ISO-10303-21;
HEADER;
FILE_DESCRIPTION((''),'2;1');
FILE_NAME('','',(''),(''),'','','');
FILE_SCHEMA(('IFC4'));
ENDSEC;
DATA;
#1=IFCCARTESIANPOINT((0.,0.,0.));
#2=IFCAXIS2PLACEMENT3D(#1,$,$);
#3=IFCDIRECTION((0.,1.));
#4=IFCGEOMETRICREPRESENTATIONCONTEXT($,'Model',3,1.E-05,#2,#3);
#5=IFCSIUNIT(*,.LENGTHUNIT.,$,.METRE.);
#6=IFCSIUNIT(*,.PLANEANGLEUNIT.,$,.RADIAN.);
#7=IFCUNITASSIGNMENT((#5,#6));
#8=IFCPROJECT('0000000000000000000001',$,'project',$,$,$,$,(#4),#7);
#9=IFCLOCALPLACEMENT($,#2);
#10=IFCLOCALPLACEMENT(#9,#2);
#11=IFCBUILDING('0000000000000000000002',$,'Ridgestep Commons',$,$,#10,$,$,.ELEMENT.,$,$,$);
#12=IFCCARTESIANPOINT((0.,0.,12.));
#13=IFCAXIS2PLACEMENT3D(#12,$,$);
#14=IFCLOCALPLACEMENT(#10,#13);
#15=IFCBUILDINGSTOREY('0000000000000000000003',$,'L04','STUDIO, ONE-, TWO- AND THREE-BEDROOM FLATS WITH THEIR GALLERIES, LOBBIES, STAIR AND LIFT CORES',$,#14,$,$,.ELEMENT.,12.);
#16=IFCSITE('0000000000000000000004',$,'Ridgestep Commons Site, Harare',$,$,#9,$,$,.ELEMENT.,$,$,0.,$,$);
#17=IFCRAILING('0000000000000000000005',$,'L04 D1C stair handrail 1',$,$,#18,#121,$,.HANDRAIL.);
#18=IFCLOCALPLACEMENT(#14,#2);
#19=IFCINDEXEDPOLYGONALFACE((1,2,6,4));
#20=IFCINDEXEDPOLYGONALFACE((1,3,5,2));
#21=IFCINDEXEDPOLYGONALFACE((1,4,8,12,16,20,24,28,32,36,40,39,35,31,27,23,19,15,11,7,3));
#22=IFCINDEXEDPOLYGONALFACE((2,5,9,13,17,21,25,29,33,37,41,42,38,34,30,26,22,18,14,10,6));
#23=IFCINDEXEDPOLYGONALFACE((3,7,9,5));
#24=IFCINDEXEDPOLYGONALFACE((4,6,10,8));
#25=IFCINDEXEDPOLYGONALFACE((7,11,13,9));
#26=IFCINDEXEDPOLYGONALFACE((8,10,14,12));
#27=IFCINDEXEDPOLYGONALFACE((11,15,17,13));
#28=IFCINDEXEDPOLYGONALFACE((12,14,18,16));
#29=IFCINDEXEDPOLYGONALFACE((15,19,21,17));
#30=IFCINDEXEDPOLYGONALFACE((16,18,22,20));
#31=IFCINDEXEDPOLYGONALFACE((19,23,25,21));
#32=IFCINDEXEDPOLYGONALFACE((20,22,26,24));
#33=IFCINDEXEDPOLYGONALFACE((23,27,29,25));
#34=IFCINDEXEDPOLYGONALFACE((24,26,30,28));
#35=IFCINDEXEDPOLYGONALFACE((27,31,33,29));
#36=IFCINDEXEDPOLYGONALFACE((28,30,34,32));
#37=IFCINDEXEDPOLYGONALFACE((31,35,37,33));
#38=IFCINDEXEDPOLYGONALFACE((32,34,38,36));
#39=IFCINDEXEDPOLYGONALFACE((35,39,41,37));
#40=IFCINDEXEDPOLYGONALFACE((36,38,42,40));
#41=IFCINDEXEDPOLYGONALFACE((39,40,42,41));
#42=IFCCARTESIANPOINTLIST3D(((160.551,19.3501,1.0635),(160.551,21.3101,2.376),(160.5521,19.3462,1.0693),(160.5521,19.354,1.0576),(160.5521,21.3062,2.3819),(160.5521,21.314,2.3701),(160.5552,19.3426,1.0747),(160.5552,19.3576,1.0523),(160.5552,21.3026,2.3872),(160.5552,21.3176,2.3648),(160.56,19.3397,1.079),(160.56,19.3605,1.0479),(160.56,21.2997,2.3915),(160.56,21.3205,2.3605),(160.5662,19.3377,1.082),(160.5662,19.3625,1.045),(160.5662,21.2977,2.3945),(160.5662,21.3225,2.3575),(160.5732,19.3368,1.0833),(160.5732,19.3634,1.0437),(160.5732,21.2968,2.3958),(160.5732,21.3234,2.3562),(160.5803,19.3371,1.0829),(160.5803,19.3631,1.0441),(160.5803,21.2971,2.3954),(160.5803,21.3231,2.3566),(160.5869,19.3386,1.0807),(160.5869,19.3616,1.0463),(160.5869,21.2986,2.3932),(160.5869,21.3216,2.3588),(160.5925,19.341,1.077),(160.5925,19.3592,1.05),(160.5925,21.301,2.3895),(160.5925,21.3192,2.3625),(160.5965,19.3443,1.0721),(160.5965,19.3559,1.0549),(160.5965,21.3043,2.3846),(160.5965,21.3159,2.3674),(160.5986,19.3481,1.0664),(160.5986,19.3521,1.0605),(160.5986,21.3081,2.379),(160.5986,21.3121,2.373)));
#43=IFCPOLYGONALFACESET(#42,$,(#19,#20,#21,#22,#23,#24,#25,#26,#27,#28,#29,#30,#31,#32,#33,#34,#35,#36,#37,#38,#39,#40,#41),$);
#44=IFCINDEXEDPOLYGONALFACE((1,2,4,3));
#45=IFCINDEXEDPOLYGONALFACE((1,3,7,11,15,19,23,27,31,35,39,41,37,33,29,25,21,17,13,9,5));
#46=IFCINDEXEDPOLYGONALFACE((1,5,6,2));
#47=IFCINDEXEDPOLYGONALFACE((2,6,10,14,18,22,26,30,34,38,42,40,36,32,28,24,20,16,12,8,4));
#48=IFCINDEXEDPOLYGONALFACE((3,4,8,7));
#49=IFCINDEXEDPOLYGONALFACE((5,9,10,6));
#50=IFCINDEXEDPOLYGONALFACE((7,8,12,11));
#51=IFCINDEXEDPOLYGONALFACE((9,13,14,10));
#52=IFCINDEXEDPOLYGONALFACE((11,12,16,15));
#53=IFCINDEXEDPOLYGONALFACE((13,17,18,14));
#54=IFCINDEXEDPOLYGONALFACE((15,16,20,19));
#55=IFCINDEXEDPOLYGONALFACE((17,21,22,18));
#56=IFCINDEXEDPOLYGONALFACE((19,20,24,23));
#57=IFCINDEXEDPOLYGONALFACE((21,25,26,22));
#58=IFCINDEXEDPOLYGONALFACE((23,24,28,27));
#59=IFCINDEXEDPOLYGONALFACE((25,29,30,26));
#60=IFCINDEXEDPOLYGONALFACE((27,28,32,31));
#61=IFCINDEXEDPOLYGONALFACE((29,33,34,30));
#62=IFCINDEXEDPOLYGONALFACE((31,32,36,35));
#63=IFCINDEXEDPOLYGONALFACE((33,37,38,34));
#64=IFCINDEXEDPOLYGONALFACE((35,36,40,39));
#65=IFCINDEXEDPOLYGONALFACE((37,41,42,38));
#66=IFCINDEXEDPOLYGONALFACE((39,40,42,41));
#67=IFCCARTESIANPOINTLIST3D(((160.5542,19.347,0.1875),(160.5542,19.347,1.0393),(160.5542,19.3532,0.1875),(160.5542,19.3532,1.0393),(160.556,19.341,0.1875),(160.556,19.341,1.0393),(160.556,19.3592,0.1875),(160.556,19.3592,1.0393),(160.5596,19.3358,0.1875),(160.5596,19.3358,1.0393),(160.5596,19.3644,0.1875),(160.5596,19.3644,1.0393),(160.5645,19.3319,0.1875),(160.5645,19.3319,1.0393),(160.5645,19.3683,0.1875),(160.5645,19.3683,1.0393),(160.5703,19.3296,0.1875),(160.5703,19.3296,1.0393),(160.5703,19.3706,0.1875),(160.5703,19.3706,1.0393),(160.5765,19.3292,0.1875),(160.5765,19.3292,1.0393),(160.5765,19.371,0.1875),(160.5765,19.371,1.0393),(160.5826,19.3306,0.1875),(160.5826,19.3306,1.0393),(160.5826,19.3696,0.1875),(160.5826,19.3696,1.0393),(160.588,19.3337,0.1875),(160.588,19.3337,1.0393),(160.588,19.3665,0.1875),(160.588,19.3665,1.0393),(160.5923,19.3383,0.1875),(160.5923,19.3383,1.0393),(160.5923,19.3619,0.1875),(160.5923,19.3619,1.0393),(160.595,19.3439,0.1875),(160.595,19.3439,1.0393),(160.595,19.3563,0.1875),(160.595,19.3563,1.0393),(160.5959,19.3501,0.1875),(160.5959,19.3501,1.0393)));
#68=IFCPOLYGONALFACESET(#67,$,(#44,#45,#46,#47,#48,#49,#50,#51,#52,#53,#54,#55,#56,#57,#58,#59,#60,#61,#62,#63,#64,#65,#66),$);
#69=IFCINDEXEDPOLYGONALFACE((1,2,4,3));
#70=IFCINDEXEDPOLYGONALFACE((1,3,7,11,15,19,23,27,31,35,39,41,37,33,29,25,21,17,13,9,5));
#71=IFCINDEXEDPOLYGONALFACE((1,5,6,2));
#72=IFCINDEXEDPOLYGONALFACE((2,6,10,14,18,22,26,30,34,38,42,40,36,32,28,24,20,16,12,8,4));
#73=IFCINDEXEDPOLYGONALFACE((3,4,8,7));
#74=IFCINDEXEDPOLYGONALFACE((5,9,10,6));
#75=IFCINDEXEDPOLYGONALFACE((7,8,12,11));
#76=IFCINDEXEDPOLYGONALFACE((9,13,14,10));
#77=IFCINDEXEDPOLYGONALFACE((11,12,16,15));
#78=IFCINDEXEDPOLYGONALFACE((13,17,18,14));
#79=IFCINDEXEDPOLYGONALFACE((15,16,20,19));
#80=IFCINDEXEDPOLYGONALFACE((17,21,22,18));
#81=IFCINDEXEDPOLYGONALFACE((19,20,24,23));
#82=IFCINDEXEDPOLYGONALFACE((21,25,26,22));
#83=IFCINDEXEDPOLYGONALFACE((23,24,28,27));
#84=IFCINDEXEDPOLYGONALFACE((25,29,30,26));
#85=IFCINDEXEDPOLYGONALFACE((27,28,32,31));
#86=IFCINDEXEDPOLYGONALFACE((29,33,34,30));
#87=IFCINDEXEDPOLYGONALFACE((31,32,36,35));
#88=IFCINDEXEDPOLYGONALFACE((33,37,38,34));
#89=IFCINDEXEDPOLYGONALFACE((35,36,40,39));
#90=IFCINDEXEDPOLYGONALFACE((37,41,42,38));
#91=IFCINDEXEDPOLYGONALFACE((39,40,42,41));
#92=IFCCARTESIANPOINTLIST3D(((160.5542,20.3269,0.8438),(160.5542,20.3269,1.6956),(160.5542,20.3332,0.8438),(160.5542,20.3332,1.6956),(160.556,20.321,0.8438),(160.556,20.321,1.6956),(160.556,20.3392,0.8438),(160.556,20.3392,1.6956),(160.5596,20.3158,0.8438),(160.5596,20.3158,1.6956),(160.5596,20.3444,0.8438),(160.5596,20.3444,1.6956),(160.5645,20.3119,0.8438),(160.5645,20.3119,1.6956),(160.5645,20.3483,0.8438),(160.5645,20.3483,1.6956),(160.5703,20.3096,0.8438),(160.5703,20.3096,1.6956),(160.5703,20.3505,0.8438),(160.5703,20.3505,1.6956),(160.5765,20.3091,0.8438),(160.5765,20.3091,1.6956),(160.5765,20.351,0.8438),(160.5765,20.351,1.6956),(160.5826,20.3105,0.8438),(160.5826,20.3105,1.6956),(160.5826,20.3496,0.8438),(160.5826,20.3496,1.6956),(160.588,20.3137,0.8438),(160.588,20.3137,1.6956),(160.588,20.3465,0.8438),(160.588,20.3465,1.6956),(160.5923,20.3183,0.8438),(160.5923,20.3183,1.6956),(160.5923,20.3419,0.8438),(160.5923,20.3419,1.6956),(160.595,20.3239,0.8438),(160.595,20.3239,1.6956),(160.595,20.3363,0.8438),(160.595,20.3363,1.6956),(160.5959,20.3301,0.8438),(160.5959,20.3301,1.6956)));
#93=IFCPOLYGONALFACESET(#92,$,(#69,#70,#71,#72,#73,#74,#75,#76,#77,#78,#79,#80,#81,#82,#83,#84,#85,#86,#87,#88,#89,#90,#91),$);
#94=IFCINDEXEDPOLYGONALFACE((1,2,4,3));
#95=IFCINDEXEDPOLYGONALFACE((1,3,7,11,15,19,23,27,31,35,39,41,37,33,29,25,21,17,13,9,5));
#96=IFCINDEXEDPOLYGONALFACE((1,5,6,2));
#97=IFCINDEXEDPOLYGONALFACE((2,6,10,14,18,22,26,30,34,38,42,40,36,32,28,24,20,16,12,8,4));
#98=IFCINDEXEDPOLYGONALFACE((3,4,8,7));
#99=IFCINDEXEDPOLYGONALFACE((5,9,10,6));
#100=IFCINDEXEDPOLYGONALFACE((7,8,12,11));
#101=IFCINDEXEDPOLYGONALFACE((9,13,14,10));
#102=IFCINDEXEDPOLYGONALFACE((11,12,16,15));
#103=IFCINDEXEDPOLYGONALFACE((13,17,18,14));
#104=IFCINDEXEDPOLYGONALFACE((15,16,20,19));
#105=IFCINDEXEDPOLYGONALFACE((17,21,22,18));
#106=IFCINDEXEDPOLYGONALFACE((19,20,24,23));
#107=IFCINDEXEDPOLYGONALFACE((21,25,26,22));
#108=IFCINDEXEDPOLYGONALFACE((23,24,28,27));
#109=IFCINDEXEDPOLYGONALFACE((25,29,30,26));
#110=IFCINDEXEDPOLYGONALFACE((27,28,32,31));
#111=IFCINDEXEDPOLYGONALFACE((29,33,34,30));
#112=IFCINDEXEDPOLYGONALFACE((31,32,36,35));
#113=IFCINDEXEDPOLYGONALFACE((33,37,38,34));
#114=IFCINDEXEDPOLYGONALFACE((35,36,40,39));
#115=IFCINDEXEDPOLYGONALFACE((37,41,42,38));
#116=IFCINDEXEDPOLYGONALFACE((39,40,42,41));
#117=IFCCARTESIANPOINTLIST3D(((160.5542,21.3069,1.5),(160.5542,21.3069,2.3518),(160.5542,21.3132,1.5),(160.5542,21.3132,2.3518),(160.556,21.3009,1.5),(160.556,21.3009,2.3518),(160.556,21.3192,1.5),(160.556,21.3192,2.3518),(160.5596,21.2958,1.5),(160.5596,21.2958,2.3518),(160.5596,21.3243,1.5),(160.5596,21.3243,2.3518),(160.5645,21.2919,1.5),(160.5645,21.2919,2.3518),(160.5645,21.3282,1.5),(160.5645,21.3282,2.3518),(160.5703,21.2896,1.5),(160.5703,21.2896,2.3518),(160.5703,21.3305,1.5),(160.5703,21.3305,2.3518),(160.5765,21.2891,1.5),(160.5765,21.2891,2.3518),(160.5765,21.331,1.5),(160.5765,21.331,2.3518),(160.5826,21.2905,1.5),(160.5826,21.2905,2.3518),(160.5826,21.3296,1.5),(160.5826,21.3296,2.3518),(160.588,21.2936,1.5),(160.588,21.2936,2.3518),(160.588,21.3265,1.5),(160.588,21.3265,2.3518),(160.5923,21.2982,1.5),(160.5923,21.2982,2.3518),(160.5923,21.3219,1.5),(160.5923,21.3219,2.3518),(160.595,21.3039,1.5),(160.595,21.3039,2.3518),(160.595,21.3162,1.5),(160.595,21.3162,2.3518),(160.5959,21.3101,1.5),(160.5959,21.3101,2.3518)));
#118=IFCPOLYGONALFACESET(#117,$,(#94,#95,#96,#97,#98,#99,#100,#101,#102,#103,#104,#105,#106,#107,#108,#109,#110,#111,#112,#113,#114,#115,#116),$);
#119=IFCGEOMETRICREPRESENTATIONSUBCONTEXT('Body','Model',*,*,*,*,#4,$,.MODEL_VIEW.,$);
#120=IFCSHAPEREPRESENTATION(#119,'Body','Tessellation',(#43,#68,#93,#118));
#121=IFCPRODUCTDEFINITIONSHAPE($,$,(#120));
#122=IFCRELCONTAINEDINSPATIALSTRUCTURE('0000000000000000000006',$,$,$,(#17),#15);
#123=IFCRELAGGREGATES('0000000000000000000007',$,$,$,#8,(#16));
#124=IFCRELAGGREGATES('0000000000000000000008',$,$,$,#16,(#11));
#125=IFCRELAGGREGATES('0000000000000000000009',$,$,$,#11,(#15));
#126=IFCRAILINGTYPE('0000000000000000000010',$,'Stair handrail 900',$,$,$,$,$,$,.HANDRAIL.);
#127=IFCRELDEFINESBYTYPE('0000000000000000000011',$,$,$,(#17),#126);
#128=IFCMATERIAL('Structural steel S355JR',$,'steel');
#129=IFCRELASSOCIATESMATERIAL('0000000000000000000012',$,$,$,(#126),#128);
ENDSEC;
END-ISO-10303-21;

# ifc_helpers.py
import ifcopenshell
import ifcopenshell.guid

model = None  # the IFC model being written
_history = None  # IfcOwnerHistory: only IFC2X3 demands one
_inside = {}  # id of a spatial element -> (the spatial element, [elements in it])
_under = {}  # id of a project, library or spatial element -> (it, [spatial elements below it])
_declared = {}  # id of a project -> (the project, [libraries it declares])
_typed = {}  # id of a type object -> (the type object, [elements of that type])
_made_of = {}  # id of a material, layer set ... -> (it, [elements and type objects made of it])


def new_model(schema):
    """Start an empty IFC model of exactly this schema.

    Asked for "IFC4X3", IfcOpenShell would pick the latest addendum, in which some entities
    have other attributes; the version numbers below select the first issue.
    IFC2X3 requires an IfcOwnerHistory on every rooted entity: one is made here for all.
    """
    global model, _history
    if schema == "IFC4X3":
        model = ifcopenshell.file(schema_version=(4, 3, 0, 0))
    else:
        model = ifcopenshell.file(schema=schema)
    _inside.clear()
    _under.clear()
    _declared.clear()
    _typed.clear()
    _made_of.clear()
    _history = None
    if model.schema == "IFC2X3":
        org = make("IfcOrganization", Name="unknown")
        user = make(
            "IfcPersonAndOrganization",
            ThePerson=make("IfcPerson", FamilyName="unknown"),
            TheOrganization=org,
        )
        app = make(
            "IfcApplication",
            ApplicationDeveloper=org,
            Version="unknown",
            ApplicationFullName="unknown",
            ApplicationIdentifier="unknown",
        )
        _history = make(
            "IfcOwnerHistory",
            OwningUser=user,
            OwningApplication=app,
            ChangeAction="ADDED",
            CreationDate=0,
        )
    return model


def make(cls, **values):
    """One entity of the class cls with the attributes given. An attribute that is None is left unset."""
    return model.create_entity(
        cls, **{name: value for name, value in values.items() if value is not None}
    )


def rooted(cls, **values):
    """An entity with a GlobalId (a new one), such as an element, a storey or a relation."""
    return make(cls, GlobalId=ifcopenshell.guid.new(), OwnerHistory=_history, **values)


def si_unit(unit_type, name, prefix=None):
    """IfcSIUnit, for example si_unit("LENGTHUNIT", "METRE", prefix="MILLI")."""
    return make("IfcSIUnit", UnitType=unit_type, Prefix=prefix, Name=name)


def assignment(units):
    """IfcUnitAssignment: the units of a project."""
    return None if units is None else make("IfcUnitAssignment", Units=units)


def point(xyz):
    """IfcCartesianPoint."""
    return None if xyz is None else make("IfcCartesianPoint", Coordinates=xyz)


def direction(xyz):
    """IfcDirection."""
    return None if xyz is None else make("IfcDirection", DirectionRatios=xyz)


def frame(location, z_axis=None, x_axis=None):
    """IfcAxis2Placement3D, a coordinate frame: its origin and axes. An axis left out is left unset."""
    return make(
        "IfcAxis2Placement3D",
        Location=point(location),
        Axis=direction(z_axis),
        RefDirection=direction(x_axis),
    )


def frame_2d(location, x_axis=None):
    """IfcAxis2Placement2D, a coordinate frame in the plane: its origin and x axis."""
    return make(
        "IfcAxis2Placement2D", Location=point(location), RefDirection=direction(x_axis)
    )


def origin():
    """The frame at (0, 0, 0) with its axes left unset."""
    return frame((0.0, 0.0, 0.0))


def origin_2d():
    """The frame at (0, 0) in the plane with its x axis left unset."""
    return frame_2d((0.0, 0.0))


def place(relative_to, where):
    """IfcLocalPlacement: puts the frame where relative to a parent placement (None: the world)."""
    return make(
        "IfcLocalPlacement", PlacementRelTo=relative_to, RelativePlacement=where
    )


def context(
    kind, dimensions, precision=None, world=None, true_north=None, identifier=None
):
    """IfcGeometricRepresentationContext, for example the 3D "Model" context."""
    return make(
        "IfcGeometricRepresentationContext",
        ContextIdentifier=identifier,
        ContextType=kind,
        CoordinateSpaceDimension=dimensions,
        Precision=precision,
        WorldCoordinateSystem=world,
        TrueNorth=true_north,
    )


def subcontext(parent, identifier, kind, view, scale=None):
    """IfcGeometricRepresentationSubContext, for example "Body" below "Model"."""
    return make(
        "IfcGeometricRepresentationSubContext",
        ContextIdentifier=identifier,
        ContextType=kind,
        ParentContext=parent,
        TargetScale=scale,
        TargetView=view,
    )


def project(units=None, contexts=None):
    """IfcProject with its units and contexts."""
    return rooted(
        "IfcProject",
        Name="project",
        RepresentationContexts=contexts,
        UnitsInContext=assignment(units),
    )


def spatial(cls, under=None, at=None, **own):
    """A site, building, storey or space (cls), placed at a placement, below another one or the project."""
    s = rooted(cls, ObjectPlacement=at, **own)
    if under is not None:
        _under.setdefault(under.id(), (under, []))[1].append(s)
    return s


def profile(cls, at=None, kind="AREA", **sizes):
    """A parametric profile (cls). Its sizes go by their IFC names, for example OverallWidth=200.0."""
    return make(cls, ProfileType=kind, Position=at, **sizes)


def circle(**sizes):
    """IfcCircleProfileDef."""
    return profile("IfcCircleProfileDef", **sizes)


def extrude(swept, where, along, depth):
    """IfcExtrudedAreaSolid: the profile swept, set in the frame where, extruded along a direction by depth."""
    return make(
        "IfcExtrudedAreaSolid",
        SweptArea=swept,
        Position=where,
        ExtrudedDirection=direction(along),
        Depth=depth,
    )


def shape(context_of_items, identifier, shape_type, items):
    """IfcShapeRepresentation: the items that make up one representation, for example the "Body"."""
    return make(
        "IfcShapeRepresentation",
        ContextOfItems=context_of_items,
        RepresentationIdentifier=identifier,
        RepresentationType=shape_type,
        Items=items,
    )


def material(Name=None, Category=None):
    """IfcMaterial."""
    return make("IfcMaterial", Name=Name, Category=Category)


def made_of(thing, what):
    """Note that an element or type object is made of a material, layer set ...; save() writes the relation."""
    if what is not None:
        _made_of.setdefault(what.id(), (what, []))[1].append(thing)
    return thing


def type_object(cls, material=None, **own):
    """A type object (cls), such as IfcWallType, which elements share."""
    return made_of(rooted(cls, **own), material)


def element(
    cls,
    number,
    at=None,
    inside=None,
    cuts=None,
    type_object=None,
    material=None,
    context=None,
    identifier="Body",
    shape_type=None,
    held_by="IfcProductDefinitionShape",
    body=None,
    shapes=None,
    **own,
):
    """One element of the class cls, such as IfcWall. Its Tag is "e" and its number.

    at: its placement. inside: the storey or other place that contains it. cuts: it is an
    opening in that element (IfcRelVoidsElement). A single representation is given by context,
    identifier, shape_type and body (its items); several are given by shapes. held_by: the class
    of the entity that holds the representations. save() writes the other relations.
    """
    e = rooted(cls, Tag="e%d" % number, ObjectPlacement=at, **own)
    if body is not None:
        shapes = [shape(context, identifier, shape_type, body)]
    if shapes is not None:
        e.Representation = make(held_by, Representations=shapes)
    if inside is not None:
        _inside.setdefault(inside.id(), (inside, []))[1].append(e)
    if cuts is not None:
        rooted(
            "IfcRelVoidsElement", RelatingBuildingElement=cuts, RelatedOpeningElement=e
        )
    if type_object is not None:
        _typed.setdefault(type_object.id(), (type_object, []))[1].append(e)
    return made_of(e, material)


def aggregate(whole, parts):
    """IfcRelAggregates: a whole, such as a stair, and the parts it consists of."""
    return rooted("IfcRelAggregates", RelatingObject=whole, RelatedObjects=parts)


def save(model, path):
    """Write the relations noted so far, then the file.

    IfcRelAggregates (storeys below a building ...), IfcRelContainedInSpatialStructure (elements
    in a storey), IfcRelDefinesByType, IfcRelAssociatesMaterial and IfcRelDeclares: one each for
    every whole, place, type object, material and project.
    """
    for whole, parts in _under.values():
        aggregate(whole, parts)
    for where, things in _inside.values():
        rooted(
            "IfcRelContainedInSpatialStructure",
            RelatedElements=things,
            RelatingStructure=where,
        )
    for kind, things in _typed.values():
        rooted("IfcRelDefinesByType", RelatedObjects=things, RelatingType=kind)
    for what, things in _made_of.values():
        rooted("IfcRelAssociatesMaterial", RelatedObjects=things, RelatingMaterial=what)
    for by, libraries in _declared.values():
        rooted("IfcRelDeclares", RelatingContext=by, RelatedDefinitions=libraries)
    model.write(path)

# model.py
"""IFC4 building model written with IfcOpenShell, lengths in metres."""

from ifc_helpers import new_model, si_unit, direction, frame, origin, origin_2d, place, context, subcontext, project, spatial, circle, extrude, material, type_object, element, save


model = new_model("IFC4")

# Units and contexts
model_context = context("Model", 3, precision=1e-05, world=origin(), true_north=direction((0.0, 1.0)))
body_context = subcontext(model_context, "Body", "Model", "MODEL_VIEW")
ifc_project = project(units=[si_unit("LENGTHUNIT", "METRE"), si_unit("PLANEANGLEUNIT", "RADIAN")], contexts=[model_context])

# Site, building, storey
site_placement = place(None, origin())
site = spatial("IfcSite", under=ifc_project, at=site_placement, Name="Ridgestep Commons Site, Harare", CompositionType="ELEMENT", RefElevation=0.0)
building_placement = place(site_placement, origin())
building = spatial("IfcBuilding", under=site, at=building_placement, Name="Ridgestep Commons", CompositionType="ELEMENT")
storey_placement = place(building_placement, frame((0.0, 0.0, 12.0)))
storey = spatial("IfcBuildingStorey", under=building, at=storey_placement, Name="L04", Description="STUDIO, ONE-, TWO- AND THREE-BEDROOM FLATS WITH THEIR GALLERIES, LOBBIES, STAIR AND LIFT CORES", CompositionType="ELEMENT", Elevation=12.0)

# Railing
ifc_material_1 = material(Name="Structural steel S355JR", Category="steel")
railing_type_1 = type_object("IfcRailingType", Name="Stair handrail 900", PredefinedType="HANDRAIL", material=ifc_material_1)
railing_1_placement = place(storey_placement, frame((160.575, 19.3501, 0.1875)))
element("IfcRailing", 1, at=railing_1_placement, inside=storey, type_object=railing_type_1, Name="L04 D1C stair handrail 1", PredefinedType="HANDRAIL", context=body_context, shape_type="SweptSolid", body=[
    extrude(circle(Radius=0.0239, at=origin_2d()), frame((0.0, 0.0, 0.876), z_axis=(0.0, 0.830902, 0.556419), x_axis=(-1.0, 0.0, 0.0)), (0.0, 0.0, 1.0), 2.3589),
    extrude(circle(Radius=0.021, at=origin_2d()), origin(), (0.0, 0.0, 1.0), 0.8518),
    extrude(circle(Radius=0.021, at=origin_2d()), frame((0.0, 0.98, 0.6562)), (0.0, 0.0, 1.0), 0.8518),
    extrude(circle(Radius=0.021, at=origin_2d()), frame((0.0, 1.96, 1.3125)), (0.0, 0.0, 1.0), 0.8518),
])

save(model, "model.ifc")
